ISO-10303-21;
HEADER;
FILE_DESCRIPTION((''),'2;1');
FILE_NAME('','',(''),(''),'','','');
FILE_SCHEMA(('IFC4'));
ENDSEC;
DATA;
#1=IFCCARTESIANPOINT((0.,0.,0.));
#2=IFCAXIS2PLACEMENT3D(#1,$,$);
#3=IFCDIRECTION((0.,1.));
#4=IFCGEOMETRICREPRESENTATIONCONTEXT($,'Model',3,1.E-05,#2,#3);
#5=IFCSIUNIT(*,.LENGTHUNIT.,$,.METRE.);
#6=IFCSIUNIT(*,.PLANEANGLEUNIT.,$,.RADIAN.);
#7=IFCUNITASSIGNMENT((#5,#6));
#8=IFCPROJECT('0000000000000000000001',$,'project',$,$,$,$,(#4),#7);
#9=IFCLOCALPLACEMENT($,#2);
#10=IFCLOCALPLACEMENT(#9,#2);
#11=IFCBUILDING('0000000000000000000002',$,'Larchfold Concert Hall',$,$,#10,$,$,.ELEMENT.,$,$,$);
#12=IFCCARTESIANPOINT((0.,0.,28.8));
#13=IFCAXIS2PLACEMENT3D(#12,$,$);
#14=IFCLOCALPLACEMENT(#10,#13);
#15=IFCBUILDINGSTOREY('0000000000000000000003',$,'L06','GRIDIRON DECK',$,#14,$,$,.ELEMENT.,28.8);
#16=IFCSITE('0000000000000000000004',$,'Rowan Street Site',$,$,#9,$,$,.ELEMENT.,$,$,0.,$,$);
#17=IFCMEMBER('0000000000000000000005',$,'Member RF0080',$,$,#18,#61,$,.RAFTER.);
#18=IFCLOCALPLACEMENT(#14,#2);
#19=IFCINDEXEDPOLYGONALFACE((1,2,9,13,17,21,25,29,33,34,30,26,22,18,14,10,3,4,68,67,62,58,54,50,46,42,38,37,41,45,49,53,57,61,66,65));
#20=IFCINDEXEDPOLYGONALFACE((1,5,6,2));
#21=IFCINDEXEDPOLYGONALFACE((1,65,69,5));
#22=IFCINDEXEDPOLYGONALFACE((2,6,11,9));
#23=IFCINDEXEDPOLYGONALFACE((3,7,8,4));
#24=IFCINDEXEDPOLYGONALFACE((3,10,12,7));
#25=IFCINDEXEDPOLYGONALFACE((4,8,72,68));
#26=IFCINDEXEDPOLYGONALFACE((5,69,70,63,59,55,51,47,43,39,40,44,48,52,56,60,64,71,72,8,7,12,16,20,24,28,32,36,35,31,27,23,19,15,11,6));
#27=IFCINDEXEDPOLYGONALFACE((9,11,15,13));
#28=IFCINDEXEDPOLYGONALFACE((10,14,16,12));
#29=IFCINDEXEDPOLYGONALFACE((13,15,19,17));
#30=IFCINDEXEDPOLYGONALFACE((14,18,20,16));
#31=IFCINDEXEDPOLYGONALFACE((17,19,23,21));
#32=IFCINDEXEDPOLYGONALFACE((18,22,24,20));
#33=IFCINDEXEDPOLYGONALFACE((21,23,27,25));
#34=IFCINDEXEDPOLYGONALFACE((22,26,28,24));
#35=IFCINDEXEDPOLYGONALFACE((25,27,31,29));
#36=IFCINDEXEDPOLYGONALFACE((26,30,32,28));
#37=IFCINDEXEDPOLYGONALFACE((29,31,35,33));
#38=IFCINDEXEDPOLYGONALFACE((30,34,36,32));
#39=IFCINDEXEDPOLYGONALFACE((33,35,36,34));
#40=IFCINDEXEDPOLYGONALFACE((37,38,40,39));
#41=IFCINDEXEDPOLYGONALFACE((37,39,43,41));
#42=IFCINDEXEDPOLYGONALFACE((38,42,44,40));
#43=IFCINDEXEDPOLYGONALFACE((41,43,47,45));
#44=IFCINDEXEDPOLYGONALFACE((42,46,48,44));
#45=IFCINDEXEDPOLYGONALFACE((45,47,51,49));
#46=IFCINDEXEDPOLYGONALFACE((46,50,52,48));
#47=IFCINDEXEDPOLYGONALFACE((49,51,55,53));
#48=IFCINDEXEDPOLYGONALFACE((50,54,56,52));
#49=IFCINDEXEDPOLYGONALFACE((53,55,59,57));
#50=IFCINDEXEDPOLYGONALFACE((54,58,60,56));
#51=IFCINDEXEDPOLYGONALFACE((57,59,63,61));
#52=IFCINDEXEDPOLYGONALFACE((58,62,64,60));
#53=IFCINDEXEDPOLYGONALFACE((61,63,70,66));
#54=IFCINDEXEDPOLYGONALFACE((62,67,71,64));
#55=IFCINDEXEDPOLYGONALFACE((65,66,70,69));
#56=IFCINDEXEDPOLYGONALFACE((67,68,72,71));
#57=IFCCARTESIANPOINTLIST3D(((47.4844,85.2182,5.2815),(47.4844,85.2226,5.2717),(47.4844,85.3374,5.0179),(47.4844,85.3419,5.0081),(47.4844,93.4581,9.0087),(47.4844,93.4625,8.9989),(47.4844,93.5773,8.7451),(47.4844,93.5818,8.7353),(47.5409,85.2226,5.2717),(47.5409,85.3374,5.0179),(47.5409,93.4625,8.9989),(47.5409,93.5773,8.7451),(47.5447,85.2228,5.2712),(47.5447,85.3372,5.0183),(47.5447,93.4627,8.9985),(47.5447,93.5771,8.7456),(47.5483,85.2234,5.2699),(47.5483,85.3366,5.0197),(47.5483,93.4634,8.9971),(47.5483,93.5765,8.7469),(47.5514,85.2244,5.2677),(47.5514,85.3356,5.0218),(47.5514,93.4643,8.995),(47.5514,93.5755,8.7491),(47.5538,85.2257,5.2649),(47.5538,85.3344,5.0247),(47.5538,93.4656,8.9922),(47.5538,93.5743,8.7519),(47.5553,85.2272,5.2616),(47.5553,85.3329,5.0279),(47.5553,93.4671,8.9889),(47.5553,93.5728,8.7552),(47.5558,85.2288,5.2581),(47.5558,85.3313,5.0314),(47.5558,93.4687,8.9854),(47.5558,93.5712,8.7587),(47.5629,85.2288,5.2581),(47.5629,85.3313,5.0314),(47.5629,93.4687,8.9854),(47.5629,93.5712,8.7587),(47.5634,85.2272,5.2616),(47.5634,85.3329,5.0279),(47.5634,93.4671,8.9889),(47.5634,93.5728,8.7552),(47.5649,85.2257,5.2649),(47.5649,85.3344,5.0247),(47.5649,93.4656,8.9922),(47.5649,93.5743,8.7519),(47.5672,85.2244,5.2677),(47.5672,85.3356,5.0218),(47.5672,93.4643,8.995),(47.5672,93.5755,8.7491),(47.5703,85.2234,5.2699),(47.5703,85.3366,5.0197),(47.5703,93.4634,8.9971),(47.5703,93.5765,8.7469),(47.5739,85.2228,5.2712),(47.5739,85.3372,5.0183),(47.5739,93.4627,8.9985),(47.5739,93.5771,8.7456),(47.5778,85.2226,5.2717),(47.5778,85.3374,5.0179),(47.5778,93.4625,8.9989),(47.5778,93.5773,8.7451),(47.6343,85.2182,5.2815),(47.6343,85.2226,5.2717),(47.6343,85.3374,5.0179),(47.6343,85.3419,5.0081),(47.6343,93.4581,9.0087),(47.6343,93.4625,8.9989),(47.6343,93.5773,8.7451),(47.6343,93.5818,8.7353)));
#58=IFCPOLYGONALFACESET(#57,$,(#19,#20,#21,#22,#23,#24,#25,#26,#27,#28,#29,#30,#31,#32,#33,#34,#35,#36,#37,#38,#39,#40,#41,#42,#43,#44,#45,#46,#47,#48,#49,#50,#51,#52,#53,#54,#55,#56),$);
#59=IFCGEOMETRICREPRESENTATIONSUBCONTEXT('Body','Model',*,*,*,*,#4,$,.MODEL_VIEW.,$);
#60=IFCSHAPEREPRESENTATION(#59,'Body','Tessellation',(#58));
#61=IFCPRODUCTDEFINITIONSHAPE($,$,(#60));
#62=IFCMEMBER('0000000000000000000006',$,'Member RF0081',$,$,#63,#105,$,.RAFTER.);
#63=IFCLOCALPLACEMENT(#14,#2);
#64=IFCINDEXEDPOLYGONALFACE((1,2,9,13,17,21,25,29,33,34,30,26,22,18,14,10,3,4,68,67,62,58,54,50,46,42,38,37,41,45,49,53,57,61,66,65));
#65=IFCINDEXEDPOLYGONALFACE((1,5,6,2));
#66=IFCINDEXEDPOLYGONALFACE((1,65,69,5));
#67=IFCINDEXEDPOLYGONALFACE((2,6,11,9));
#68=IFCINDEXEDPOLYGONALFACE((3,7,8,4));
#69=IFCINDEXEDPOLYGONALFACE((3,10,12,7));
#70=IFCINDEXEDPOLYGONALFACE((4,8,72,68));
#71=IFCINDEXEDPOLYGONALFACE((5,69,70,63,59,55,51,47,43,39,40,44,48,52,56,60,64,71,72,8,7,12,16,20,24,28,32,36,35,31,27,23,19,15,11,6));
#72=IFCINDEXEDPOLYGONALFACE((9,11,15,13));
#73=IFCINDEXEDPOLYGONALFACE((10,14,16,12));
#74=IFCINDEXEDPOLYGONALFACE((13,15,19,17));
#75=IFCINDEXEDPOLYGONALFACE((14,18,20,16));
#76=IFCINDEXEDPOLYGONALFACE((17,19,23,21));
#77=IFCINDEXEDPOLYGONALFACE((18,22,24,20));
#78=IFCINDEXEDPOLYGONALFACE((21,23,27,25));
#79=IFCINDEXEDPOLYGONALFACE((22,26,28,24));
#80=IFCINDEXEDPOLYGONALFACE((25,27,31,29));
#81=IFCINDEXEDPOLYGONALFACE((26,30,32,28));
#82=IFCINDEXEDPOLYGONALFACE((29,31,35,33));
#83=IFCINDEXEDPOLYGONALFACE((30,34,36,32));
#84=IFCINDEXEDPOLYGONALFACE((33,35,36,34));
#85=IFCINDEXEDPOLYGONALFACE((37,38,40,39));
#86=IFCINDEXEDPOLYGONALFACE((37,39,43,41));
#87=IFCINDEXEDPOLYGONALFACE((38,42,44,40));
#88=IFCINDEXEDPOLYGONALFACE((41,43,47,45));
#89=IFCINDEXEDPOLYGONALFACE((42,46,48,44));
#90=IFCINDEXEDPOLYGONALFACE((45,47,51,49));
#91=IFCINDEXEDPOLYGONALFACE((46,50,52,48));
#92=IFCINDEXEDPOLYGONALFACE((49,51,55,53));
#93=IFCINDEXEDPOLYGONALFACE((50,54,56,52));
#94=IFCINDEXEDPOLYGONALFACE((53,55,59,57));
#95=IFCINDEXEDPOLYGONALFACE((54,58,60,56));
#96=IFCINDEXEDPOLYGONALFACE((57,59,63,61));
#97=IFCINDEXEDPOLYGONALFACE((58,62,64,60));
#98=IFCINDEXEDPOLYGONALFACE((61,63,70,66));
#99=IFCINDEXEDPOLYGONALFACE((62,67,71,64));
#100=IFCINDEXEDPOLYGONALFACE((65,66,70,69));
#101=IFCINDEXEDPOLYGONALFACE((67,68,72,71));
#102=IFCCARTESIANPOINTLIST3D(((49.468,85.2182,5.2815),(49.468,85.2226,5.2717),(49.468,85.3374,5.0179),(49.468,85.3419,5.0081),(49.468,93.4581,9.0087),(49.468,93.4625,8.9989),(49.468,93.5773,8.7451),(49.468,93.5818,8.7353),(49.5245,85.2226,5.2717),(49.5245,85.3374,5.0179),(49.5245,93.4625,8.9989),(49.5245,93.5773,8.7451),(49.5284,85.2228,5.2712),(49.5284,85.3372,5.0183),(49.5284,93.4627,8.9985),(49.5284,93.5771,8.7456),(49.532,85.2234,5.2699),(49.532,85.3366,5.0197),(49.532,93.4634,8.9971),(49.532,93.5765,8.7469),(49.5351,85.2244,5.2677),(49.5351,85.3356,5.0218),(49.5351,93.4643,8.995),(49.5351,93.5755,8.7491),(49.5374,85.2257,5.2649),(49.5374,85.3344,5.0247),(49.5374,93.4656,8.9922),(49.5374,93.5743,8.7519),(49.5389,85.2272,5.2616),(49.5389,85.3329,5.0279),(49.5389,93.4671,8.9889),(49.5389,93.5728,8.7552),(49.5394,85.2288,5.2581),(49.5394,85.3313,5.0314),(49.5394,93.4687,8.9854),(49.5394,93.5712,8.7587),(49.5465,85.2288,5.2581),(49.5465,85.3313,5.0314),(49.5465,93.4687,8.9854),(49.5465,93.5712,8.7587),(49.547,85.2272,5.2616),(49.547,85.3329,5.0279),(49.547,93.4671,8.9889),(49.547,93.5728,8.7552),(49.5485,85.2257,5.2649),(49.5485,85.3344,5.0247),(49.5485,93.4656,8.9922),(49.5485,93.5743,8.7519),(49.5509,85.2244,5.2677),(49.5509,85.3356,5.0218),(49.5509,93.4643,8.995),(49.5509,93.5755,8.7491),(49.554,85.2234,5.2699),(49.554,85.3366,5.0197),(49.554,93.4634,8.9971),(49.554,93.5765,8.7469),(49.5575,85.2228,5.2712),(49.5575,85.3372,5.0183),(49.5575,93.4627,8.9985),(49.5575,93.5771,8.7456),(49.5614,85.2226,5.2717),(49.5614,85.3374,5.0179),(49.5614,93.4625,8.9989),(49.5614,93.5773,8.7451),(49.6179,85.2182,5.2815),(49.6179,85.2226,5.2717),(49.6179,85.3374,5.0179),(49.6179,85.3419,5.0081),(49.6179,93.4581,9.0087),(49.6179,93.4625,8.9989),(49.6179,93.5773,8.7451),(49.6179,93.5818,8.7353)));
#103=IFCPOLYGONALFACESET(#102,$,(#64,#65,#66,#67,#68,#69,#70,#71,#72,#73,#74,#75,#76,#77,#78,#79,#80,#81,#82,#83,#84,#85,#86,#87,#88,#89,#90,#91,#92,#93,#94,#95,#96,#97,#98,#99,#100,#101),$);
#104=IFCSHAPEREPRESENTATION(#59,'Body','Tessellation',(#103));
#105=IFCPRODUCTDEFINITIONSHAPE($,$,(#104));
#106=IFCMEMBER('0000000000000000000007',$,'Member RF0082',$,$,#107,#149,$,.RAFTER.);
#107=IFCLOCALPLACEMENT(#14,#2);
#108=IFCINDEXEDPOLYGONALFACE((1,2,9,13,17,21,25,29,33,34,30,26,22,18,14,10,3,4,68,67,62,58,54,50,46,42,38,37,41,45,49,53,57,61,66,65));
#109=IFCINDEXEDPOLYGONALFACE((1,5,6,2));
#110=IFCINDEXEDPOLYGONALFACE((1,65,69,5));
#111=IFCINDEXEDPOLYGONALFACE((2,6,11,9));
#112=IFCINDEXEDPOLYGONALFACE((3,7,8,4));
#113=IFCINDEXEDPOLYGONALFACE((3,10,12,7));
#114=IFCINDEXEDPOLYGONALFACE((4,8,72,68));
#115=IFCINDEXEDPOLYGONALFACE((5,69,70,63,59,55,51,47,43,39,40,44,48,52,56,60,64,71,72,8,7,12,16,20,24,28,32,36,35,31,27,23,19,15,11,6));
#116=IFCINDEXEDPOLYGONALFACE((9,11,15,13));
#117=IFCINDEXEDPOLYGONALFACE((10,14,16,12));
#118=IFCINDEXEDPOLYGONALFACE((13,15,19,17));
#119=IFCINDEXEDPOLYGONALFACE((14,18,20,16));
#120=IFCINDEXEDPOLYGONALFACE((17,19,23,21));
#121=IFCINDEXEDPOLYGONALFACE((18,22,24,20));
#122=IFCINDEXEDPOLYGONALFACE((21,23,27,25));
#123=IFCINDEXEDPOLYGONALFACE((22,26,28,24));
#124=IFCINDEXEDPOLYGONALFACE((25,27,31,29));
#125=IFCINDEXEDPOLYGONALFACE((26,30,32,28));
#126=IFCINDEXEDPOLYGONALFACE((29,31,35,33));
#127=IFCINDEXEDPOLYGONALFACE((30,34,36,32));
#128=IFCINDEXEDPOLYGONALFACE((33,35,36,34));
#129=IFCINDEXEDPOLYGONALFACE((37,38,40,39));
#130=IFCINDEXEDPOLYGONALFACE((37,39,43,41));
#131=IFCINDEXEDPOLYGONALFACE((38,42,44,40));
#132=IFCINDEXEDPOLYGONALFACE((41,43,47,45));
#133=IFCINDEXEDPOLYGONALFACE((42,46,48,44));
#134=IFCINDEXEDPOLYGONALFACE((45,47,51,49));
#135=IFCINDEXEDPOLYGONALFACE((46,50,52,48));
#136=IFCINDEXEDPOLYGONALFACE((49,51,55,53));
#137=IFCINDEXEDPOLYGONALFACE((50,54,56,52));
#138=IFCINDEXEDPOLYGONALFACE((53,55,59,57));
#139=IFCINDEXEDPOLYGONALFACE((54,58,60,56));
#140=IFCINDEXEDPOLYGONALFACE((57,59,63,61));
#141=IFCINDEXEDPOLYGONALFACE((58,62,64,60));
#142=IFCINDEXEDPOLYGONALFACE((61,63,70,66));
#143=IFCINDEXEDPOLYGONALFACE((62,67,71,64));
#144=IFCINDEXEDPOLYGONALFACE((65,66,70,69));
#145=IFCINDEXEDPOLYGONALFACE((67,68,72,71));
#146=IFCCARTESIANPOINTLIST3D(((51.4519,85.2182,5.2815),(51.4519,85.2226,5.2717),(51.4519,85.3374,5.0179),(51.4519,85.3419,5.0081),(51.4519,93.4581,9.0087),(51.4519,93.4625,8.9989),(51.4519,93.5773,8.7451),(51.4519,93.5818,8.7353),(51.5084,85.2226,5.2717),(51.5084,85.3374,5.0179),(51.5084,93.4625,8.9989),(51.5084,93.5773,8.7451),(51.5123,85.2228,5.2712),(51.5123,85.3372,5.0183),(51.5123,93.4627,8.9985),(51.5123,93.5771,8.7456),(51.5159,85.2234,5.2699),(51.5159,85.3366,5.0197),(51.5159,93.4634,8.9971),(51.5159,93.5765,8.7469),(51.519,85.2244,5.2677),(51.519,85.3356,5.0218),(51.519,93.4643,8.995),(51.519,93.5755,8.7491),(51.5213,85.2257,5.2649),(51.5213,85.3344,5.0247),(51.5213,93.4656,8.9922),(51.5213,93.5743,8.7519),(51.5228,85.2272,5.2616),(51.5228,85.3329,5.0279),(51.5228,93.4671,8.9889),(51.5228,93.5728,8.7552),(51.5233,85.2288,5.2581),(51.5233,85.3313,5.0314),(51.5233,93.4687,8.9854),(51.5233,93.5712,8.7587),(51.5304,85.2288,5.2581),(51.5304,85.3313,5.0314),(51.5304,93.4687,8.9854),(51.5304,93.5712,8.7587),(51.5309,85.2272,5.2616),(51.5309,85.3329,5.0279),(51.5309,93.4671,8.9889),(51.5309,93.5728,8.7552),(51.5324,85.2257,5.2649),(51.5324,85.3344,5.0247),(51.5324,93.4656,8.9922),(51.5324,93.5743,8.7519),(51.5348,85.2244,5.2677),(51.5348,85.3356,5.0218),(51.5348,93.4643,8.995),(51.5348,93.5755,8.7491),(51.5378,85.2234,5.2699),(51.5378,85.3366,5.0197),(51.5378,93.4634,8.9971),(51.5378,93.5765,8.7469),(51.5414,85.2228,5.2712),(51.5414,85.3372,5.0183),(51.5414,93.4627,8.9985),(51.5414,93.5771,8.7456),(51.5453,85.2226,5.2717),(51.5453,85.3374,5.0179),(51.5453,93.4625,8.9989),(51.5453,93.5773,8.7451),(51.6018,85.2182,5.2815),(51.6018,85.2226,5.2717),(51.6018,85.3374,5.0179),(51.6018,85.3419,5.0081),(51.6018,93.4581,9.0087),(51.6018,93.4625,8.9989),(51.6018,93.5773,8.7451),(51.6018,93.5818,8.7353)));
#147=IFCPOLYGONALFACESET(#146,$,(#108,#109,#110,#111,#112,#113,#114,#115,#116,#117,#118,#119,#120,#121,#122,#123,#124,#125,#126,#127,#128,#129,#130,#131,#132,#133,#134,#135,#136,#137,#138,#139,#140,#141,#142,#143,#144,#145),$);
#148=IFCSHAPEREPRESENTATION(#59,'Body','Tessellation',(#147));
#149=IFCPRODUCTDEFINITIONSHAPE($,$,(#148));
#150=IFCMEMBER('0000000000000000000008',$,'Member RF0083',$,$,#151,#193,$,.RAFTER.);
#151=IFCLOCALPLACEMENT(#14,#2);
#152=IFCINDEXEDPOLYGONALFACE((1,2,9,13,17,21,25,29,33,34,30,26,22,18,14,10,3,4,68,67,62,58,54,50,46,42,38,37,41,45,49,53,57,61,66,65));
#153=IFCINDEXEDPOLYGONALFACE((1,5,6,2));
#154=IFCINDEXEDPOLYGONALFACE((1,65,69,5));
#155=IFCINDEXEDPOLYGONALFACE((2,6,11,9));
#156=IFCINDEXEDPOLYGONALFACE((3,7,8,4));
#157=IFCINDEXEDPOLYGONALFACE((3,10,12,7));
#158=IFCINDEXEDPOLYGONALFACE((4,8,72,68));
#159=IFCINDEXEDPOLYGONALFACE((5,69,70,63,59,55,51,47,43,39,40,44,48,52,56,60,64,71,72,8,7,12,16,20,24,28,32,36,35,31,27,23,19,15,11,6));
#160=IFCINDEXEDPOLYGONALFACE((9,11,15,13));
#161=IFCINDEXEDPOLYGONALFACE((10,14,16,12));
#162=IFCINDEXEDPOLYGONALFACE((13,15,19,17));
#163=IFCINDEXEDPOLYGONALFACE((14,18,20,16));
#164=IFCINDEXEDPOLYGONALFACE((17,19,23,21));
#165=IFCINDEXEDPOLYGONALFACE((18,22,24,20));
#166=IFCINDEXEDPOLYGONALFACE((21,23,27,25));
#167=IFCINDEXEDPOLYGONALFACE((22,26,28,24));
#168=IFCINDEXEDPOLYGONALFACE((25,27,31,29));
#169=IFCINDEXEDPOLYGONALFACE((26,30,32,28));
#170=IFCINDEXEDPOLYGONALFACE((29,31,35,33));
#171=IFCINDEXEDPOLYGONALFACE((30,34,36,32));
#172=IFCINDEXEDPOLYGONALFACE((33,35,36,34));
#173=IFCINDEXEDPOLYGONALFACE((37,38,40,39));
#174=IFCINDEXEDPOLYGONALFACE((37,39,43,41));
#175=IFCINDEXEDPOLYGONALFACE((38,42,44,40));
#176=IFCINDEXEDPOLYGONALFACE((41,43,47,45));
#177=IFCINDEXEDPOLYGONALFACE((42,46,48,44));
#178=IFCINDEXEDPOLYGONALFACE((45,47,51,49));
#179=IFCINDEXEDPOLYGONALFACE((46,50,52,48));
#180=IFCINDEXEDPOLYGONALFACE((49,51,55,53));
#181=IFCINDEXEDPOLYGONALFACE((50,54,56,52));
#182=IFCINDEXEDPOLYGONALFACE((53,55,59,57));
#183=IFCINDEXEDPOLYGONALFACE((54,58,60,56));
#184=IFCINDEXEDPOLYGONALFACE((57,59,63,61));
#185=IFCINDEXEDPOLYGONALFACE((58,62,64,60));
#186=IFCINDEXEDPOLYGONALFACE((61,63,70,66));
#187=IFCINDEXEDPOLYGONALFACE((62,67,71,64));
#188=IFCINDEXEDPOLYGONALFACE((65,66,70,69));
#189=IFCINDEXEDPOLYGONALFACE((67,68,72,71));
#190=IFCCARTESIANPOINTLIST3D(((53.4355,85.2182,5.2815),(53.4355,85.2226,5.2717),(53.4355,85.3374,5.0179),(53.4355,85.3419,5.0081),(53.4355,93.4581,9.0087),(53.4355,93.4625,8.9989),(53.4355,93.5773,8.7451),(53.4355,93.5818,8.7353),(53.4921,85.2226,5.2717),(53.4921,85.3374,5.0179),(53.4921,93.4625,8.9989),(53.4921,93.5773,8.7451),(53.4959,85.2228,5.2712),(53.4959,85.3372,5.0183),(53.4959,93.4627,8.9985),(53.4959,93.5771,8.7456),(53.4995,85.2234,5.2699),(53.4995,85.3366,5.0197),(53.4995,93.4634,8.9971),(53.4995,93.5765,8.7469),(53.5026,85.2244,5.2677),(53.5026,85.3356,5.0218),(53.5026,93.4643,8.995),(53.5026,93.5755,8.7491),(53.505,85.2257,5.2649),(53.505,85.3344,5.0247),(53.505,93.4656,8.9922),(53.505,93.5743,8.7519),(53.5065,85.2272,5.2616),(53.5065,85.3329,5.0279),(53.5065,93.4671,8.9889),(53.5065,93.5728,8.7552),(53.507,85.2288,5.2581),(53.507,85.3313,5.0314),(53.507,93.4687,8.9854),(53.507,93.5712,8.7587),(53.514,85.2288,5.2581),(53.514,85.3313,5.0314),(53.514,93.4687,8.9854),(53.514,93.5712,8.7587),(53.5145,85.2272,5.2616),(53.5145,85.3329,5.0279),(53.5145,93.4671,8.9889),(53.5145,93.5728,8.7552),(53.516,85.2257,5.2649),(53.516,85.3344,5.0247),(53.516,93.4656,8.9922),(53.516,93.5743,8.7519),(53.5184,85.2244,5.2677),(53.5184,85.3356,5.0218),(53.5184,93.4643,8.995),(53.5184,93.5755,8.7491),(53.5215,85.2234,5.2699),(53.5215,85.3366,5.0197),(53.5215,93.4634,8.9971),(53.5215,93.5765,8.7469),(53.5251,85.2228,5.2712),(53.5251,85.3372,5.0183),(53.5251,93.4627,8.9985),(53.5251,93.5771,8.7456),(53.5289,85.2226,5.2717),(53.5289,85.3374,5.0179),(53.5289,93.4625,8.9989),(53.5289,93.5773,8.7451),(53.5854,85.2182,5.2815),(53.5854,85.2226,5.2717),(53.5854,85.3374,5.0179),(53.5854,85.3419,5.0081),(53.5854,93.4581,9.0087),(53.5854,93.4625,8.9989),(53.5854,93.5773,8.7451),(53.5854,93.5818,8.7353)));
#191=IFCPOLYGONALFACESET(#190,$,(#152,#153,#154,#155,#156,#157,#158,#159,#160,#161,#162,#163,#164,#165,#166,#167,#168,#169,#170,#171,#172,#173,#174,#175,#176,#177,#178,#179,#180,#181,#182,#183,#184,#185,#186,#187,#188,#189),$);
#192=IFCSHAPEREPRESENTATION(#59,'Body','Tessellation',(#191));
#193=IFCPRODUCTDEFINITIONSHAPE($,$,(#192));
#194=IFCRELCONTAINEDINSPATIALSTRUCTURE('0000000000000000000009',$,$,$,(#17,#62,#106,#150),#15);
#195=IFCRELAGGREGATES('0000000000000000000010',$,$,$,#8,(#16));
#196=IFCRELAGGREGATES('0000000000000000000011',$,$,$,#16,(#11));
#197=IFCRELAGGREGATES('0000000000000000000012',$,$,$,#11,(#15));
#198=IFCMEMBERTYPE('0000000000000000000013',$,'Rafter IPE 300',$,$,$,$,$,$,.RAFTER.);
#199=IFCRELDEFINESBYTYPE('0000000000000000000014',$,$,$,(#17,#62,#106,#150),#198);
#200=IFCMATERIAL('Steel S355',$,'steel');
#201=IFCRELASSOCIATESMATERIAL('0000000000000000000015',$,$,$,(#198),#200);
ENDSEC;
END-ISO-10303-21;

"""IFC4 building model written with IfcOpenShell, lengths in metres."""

from ifc_helpers import new_model, si_unit, direction, frame, origin, origin_2d, place, context, subcontext, project, spatial, i_section, extrude, material, material_profile, profile_set, type_object, element, save


model = new_model("IFC4")

# Units and contexts
model_context = context("Model", 3, precision=1e-05, world=origin(), true_north=direction((0.0, 1.0)))
body_context = subcontext(model_context, "Body", "Model", "MODEL_VIEW")
ifc_project = project(units=[si_unit("LENGTHUNIT", "METRE"), si_unit("PLANEANGLEUNIT", "RADIAN")], contexts=[model_context])

# Site, building, storey
site_placement = place(None, origin())
site = spatial("IfcSite", under=ifc_project, at=site_placement, Name="Rowan Street Site", CompositionType="ELEMENT", RefElevation=0.0)
building_placement = place(site_placement, origin())
building = spatial("IfcBuilding", under=site, at=building_placement, Name="Larchfold Concert Hall", CompositionType="ELEMENT")
storey_placement = place(building_placement, frame((0.0, 0.0, 28.8)))
storey = spatial("IfcBuildingStorey", under=building, at=storey_placement, Name="L06", Description="GRIDIRON DECK", CompositionType="ELEMENT", Elevation=28.8)

# Members
ifc_material_1 = material(Name="Steel S355", Category="steel")
ifc_material_profile_1 = material_profile(ifc_material_1, i_section(OverallWidth=0.1499, OverallDepth=0.3, WebThickness=0.0071, FlangeThickness=0.0107, FilletRadius=0.0149, at=origin_2d()))
ifc_profile_set_1 = profile_set([ifc_material_profile_1], Name="Steel S355")
member_type_1 = type_object("IfcMemberType", Name="Rafter IPE 300", PredefinedType="RAFTER", material=ifc_profile_set_1)
for number, where, z_axis, x_axis, name in (
    (1, (47.5593, 85.28, 5.1448), (0.0, 0.911121, 0.412139), (-1.0, 0.0, 0.0), "Member RF0080"),
    (2, (49.543, 85.28, 5.1448), (0.0, 0.911121, 0.412139), (-1.0, 0.0, 0.0), "Member RF0081"),
    (3, (51.5269, 85.28, 5.1448), (0.0, 0.911121, 0.412139), (-1.0, 0.0, 0.0), "Member RF0082"),
    (4, (53.5105, 85.28, 5.1448), (0.0, 0.911121, 0.412139), (-1.0, 0.0, 0.0), "Member RF0083"),
):
    element("IfcMember", number, at=place(storey_placement, frame(where, z_axis=z_axis, x_axis=x_axis)), inside=storey, type_object=member_type_1, Name=name, PredefinedType="RAFTER", context=body_context, shape_type="SweptSolid", body=[
        extrude(i_section(OverallWidth=0.1499, OverallDepth=0.3, WebThickness=0.0071, FlangeThickness=0.0107, FilletRadius=0.0149, at=origin_2d()), origin(), (0.0, 0.0, 1.0), 9.0437),
    ])

save(model, "model.ifc")
